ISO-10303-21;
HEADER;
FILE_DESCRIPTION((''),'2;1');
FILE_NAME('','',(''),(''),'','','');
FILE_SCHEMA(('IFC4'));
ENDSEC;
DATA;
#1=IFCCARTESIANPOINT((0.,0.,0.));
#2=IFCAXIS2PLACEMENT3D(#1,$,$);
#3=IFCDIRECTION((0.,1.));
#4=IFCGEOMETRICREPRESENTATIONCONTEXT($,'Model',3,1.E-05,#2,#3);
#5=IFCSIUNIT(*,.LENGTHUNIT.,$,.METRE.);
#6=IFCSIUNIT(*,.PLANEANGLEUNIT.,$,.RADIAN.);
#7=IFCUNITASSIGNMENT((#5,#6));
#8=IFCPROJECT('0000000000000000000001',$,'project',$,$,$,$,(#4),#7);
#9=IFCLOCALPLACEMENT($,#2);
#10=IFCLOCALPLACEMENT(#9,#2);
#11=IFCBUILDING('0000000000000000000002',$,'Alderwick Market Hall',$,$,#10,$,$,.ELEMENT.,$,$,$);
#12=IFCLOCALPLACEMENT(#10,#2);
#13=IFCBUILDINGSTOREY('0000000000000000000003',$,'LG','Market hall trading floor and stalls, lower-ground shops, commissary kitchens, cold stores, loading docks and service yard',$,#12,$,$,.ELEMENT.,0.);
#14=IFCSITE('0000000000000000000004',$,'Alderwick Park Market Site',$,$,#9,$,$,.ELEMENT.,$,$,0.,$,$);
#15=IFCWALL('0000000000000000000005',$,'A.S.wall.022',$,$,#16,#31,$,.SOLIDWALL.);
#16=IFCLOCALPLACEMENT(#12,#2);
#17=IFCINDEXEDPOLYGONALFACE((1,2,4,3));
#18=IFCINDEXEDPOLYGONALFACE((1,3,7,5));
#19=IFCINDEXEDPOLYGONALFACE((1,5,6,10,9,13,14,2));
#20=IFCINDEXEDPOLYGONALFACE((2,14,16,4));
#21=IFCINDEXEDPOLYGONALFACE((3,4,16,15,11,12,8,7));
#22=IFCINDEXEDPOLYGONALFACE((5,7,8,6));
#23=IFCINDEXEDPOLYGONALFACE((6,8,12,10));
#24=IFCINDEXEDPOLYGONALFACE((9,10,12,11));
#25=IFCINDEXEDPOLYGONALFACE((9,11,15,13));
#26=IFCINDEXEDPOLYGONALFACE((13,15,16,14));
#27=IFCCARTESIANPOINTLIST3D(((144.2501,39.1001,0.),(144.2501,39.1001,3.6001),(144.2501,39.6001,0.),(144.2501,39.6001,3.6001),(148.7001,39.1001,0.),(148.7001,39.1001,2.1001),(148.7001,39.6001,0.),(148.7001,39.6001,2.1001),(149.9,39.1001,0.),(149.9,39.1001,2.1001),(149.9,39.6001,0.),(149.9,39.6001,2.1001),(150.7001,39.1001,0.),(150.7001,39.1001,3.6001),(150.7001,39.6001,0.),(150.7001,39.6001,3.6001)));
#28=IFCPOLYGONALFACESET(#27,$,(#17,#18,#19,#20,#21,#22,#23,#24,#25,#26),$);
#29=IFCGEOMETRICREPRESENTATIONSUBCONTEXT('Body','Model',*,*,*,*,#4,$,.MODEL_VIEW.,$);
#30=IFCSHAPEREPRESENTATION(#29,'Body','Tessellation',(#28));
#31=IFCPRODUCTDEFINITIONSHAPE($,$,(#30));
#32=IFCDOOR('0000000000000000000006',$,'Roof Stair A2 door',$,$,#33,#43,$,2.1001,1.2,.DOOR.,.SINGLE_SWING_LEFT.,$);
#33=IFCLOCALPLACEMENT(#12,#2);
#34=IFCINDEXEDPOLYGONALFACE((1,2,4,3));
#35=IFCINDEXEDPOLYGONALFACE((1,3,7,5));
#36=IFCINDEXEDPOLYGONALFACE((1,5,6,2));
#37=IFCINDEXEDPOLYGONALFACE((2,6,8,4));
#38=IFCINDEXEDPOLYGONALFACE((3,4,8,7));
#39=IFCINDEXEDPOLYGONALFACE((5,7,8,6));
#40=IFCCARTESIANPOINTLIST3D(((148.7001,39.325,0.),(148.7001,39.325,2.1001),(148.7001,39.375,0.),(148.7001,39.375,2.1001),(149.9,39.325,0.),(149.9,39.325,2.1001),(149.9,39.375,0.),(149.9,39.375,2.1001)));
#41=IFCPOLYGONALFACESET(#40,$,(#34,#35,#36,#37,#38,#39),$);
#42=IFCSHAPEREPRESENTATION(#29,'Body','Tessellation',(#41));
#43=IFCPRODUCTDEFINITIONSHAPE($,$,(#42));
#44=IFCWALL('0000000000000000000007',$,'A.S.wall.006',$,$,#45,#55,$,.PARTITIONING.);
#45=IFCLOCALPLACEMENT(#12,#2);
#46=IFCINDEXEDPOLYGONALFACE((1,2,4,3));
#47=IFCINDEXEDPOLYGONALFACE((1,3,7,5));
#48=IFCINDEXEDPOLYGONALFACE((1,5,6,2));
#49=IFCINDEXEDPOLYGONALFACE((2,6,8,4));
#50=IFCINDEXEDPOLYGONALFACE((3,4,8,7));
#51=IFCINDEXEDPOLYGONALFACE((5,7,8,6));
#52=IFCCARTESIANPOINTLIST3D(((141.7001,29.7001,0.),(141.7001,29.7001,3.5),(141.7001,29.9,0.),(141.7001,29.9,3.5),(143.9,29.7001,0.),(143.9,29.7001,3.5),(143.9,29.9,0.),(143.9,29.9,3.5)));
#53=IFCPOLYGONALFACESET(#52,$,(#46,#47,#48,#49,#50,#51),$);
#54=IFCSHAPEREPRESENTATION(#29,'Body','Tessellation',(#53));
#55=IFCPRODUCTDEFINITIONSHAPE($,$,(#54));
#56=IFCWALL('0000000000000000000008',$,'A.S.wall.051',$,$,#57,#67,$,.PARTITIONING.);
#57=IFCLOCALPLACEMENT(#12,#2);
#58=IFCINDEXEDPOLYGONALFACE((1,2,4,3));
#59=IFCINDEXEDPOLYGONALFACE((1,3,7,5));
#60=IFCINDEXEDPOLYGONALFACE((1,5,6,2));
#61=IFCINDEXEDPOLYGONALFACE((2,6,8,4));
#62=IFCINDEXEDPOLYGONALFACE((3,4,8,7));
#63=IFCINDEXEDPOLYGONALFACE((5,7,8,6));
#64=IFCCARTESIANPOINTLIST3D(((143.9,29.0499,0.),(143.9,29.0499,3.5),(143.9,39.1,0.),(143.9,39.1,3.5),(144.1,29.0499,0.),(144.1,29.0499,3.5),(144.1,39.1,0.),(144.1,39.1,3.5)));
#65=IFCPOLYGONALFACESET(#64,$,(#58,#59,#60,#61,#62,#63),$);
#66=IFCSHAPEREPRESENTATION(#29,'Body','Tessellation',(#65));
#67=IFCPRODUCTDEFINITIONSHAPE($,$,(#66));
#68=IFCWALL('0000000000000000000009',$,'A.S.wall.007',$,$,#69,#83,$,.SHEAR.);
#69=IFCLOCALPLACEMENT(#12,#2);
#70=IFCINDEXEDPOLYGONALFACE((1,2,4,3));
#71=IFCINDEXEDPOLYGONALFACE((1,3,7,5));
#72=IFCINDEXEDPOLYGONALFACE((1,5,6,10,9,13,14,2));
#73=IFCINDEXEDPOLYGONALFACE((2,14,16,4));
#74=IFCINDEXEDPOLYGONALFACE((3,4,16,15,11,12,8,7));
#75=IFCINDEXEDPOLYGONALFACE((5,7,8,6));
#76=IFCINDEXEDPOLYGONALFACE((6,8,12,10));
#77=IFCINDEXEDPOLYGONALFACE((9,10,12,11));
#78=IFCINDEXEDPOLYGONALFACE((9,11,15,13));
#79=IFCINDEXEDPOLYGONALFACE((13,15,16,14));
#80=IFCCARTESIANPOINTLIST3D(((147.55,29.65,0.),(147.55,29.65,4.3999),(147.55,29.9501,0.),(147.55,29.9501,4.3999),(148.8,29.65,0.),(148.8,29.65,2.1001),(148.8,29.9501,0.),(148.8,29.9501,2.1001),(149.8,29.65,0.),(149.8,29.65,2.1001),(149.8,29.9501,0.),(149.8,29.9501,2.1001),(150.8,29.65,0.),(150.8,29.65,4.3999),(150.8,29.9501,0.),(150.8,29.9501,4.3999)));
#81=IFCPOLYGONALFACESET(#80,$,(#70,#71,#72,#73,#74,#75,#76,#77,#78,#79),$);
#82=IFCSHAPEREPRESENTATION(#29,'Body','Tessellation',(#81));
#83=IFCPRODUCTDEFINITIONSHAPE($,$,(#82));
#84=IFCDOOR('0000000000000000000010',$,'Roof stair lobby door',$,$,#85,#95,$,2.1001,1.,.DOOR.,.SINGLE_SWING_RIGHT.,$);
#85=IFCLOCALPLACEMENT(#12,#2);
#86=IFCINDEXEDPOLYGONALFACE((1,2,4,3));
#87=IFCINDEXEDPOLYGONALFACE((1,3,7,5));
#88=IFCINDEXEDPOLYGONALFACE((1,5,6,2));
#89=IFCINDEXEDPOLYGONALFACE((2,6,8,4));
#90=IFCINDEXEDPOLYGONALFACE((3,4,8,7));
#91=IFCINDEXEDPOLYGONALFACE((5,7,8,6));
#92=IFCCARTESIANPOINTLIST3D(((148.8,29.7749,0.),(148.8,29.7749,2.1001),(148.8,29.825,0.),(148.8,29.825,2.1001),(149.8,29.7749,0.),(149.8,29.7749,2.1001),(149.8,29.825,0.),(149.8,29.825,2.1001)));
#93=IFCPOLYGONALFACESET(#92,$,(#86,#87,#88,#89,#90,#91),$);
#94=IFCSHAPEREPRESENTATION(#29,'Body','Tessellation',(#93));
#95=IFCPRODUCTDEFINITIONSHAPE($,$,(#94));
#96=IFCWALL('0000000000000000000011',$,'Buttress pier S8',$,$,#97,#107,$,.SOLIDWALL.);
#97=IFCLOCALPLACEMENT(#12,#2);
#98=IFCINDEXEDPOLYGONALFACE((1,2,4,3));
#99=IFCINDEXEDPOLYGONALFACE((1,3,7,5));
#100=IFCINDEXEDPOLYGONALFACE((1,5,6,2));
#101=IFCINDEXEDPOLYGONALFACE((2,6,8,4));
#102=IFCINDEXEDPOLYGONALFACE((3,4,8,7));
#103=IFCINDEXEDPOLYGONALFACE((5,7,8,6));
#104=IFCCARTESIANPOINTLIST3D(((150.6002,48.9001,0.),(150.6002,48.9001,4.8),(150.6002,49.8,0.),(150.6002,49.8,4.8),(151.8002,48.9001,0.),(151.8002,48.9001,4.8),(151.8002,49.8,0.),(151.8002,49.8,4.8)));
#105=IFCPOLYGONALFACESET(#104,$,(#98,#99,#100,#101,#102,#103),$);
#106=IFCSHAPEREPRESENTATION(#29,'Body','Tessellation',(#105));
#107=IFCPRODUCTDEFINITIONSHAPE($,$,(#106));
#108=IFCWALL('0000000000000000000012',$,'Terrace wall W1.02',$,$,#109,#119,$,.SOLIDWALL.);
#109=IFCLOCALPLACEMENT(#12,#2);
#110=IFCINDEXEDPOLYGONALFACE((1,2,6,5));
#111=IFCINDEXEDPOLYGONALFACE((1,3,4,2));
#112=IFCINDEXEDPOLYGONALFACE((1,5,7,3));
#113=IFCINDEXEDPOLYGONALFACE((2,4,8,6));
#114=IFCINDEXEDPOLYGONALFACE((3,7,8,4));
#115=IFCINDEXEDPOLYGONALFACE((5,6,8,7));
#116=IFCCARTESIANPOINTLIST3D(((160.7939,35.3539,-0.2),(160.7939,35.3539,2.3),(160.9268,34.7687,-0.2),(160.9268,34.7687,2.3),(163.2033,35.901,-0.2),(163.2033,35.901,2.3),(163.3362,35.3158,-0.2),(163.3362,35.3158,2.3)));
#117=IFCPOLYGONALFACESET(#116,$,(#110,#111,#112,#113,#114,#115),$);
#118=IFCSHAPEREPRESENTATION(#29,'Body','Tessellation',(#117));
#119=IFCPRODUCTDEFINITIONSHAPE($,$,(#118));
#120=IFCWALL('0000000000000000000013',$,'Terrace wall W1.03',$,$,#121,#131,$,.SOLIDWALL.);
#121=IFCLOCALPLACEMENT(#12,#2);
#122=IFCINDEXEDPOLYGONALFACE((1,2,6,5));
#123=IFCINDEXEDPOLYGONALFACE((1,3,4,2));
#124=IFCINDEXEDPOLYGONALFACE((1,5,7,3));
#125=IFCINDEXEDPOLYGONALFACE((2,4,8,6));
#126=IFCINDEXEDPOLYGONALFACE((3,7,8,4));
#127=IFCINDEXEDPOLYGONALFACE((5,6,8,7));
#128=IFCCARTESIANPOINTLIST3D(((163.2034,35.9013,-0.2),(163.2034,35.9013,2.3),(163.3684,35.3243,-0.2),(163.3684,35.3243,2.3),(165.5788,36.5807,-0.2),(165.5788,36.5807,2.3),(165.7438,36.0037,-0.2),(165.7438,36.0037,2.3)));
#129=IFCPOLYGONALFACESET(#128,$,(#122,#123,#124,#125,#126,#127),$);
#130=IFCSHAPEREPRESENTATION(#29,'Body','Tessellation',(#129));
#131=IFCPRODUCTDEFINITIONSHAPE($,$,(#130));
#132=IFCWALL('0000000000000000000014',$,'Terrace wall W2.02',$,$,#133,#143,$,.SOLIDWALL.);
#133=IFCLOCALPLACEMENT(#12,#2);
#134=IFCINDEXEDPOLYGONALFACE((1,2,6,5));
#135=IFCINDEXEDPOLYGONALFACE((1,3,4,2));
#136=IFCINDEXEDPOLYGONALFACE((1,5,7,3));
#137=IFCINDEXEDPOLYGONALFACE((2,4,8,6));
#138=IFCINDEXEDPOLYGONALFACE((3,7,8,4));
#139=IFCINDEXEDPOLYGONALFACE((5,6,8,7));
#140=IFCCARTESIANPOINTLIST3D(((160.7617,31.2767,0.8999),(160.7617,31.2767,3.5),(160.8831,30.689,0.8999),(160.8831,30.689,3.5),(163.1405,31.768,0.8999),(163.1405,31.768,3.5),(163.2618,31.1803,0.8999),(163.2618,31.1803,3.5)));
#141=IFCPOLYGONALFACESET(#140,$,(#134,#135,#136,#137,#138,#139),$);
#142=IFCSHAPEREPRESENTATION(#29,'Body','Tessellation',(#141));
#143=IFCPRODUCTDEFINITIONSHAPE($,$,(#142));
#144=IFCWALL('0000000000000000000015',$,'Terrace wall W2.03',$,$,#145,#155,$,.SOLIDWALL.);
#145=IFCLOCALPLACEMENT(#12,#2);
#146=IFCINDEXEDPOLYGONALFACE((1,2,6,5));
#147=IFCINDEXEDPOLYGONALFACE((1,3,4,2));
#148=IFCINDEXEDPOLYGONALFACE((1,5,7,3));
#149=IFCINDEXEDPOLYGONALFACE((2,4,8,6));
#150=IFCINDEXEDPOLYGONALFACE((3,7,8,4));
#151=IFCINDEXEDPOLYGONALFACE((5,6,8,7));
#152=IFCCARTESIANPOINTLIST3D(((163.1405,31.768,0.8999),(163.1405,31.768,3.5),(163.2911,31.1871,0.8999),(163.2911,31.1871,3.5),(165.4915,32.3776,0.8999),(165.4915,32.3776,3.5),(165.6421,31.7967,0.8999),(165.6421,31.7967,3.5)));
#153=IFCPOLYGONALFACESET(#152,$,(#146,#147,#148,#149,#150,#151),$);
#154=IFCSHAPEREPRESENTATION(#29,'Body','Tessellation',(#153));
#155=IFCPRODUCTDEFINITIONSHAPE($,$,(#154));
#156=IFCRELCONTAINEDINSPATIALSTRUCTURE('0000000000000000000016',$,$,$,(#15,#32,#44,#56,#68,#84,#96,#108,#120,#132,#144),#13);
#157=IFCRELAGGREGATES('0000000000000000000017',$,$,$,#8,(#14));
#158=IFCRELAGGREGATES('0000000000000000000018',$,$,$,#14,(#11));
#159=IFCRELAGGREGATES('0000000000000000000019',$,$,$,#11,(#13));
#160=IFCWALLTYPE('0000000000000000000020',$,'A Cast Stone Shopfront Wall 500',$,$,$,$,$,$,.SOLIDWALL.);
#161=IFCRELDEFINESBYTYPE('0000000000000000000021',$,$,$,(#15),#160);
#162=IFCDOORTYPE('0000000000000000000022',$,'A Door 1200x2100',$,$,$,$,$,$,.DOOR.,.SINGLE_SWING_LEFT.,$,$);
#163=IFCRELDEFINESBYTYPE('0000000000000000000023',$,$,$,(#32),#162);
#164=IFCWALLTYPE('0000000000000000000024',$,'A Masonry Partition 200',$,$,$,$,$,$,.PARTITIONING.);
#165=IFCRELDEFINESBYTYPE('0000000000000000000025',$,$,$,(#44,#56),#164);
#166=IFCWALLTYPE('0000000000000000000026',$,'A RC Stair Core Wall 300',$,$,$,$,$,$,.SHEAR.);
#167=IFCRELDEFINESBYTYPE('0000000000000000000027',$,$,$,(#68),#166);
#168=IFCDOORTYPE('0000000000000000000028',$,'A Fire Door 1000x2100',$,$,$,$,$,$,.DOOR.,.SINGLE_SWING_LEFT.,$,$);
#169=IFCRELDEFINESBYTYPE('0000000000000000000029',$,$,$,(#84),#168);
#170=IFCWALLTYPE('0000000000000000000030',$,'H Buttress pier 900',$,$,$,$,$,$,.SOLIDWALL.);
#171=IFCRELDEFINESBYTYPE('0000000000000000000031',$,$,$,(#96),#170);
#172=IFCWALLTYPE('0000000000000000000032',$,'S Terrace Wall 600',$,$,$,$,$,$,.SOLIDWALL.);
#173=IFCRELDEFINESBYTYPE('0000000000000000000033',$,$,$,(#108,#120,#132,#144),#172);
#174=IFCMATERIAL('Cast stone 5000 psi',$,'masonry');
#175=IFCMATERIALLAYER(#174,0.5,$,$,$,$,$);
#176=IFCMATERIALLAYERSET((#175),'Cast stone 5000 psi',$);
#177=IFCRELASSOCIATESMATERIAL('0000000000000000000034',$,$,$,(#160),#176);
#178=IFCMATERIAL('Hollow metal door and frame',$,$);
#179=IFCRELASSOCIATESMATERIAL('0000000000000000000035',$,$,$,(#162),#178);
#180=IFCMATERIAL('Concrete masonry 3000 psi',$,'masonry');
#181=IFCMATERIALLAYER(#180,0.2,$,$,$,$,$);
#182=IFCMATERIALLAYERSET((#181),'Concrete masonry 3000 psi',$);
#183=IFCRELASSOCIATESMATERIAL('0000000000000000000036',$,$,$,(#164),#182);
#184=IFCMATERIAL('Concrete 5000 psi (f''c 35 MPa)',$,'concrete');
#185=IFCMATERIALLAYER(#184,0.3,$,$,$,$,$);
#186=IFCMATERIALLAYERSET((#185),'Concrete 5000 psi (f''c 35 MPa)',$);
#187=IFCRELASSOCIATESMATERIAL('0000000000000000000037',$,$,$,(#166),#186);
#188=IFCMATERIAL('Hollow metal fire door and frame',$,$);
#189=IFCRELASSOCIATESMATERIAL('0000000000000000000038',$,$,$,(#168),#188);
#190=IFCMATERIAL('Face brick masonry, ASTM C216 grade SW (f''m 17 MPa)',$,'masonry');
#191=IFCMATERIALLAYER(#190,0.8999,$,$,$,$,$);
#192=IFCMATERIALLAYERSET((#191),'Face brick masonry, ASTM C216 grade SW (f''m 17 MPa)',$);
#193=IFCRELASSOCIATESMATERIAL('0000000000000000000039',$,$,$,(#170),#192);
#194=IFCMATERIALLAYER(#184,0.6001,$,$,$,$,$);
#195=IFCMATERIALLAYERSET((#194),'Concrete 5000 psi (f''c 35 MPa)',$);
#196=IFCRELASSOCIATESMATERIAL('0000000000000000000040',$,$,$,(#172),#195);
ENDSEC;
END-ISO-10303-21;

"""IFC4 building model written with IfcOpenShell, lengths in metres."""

from ifc_helpers import new_model, si_unit, direction, frame, frame_2d, origin, place, context, subcontext, project, spatial, rectangle, extrude, material, layer, layer_set, type_object, element, fill, save


model = new_model("IFC4")

# Units and contexts
model_context = context("Model", 3, precision=1e-05, world=origin(), true_north=direction((0.0, 1.0)))
body_context = subcontext(model_context, "Body", "Model", "MODEL_VIEW")
ifc_project = project(units=[si_unit("LENGTHUNIT", "METRE"), si_unit("PLANEANGLEUNIT", "RADIAN")], contexts=[model_context])

# Site, building, storey
site_placement = place(None, origin())
site = spatial("IfcSite", under=ifc_project, at=site_placement, Name="Alderwick Park Market Site", CompositionType="ELEMENT", RefElevation=0.0)
building_placement = place(site_placement, origin())
building = spatial("IfcBuilding", under=site, at=building_placement, Name="Alderwick Market Hall", CompositionType="ELEMENT")
storey_placement = place(building_placement, origin())
storey = spatial("IfcBuildingStorey", under=building, at=storey_placement, Name="LG", Description="Market hall trading floor and stalls, lower-ground shops, commissary kitchens, cold stores, loading docks and service yard", CompositionType="ELEMENT", Elevation=0.0)

# Shared definitions
ifc_material_1 = material(Name="Concrete 5000 psi (f'c 35 MPa)", Category="concrete")

# Wall, opening, door
ifc_material_2 = material(Name="Cast stone 5000 psi", Category="masonry")
ifc_layer_1 = layer(ifc_material_2, 0.5)
ifc_layer_set_1 = layer_set([ifc_layer_1], Name="Cast stone 5000 psi")
wall_type_1 = type_object("IfcWallType", Name="A Cast Stone Shopfront Wall 500", PredefinedType="SOLIDWALL", material=ifc_layer_set_1)
wall_1_placement = place(storey_placement, frame((144.25, 39.3501, 0.0), z_axis=(0.0, 0.0, 1.0), x_axis=(1.0, 0.0, 0.0)))
wall_1 = element("IfcWall", 1, at=wall_1_placement, inside=storey, type_object=wall_type_1, Name="A.S.wall.022", PredefinedType="SOLIDWALL", context=body_context, shape_type="SweptSolid", body=[
    extrude(rectangle(XDim=6.45, YDim=0.5, at=frame_2d((3.2251, 0.0))), origin(), (0.0, 0.0, 1.0), 3.6001),
])
opening_1_placement = place(wall_1_placement, frame((4.45, 0.0, 0.0)))
opening_1 = element("IfcOpeningElement", 2, at=opening_1_placement, cuts=wall_1, PredefinedType="OPENING", context=body_context, shape_type="SweptSolid", body=[
    extrude(rectangle(XDim=1.2, YDim=2.1001, at=frame_2d((0.6001, 1.05))), frame((0.0, 0.26, 0.0), z_axis=(0.0, -1.0, 0.0), x_axis=(1.0, 0.0, 0.0)), (0.0, 0.0, 1.0), 0.52),
])
ifc_material_3 = material(Name="Hollow metal door and frame")
door_type_1 = type_object("IfcDoorType", Name="A Door 1200x2100", OperationType="SINGLE_SWING_LEFT", PredefinedType="DOOR", material=ifc_material_3)
door_1_placement = place(opening_1_placement, origin())
door_1 = element("IfcDoor", 3, at=door_1_placement, inside=storey, type_object=door_type_1, Name="Roof Stair A2 door", OperationType="SINGLE_SWING_LEFT", OverallHeight=2.1001, OverallWidth=1.2, PredefinedType="DOOR", context=body_context, shape_type="SweptSolid", body=[
    extrude(rectangle(XDim=1.2, YDim=2.1001, at=frame_2d((0.6001, 1.05))), frame((0.0, 0.0249, 0.0), z_axis=(0.0, -1.0, 0.0), x_axis=(1.0, 0.0, 0.0)), (0.0, 0.0, 1.0), 0.05),
])
fill(opening_1, door_1)

# Walls
ifc_material_4 = material(Name="Concrete masonry 3000 psi", Category="masonry")
ifc_layer_2 = layer(ifc_material_4, 0.2)
ifc_layer_set_2 = layer_set([ifc_layer_2], Name="Concrete masonry 3000 psi")
wall_type_2 = type_object("IfcWallType", Name="A Masonry Partition 200", PredefinedType="PARTITIONING", material=ifc_layer_set_2)
wall_2_placement = place(storey_placement, frame((141.7, 29.8, 0.0), z_axis=(0.0, 0.0, 1.0), x_axis=(1.0, 0.0, 0.0)))
element("IfcWall", 4, at=wall_2_placement, inside=storey, type_object=wall_type_2, Name="A.S.wall.006", PredefinedType="PARTITIONING", context=body_context, shape_type="SweptSolid", body=[
    extrude(rectangle(XDim=2.2, YDim=0.2, at=frame_2d((1.1001, 0.0))), origin(), (0.0, 0.0, 1.0), 3.5),
])
wall_3_placement = place(storey_placement, frame((144.0, 29.05, 0.0), z_axis=(0.0, 0.0, 1.0), x_axis=(0.0, 1.0, 0.0)))
element("IfcWall", 5, at=wall_3_placement, inside=storey, type_object=wall_type_2, Name="A.S.wall.051", PredefinedType="PARTITIONING", context=body_context, shape_type="SweptSolid", body=[
    extrude(rectangle(XDim=10.05, YDim=0.2, at=frame_2d((5.0249, 0.0))), origin(), (0.0, 0.0, 1.0), 3.5),
])

# Wall, opening, door
ifc_layer_3 = layer(ifc_material_1, 0.3)
ifc_layer_set_3 = layer_set([ifc_layer_3], Name="Concrete 5000 psi (f'c 35 MPa)")
wall_type_3 = type_object("IfcWallType", Name="A RC Stair Core Wall 300", PredefinedType="SHEAR", material=ifc_layer_set_3)
wall_4_placement = place(storey_placement, frame((147.55, 29.8, 0.0), z_axis=(0.0, 0.0, 1.0), x_axis=(1.0, 0.0, 0.0)))
wall_4 = element("IfcWall", 6, at=wall_4_placement, inside=storey, type_object=wall_type_3, Name="A.S.wall.007", PredefinedType="SHEAR", context=body_context, shape_type="SweptSolid", body=[
    extrude(rectangle(XDim=3.25, YDim=0.3, at=frame_2d((1.625, 0.0))), origin(), (0.0, 0.0, 1.0), 4.3999),
])
opening_2_placement = place(wall_4_placement, frame((1.25, 0.0, 0.0)))
opening_2 = element("IfcOpeningElement", 7, at=opening_2_placement, cuts=wall_4, PredefinedType="OPENING", context=body_context, shape_type="SweptSolid", body=[
    extrude(rectangle(XDim=1.0, YDim=2.1001, at=frame_2d((0.5, 1.05))), frame((0.0, 0.1599, 0.0), z_axis=(0.0, -1.0, 0.0), x_axis=(1.0, 0.0, 0.0)), (0.0, 0.0, 1.0), 0.3201),
])
ifc_material_5 = material(Name="Hollow metal fire door and frame")
door_type_2 = type_object("IfcDoorType", Name="A Fire Door 1000x2100", OperationType="SINGLE_SWING_LEFT", PredefinedType="DOOR", material=ifc_material_5)
door_2_placement = place(opening_2_placement, origin())
door_2 = element("IfcDoor", 8, at=door_2_placement, inside=storey, type_object=door_type_2, Name="Roof stair lobby door", OperationType="SINGLE_SWING_RIGHT", OverallHeight=2.1001, OverallWidth=1.0, PredefinedType="DOOR", context=body_context, shape_type="SweptSolid", body=[
    extrude(rectangle(XDim=1.0, YDim=2.1001, at=frame_2d((0.5, 1.05))), frame((0.0, 0.0249, 0.0), z_axis=(0.0, -1.0, 0.0), x_axis=(1.0, 0.0, 0.0)), (0.0, 0.0, 1.0), 0.05),
])
fill(opening_2, door_2)

# Walls
ifc_material_6 = material(Name="Face brick masonry, ASTM C216 grade SW (f'm 17 MPa)", Category="masonry")
ifc_layer_4 = layer(ifc_material_6, 0.8999)
ifc_layer_set_4 = layer_set([ifc_layer_4], Name="Face brick masonry, ASTM C216 grade SW (f'm 17 MPa)")
wall_type_4 = type_object("IfcWallType", Name="H Buttress pier 900", PredefinedType="SOLIDWALL", material=ifc_layer_set_4)
wall_5_placement = place(storey_placement, frame((150.6001, 49.3501, 0.0), z_axis=(0.0, 0.0, 1.0), x_axis=(1.0, 0.0, 0.0)))
element("IfcWall", 9, at=wall_5_placement, inside=storey, type_object=wall_type_4, Name="Buttress pier S8", PredefinedType="SOLIDWALL", context=body_context, shape_type="SweptSolid", body=[
    extrude(rectangle(XDim=1.2, YDim=0.8999, at=frame_2d((0.6001, 0.0))), origin(), (0.0, 0.0, 1.0), 4.8),
])
ifc_layer_5 = layer(ifc_material_1, 0.6001)
ifc_layer_set_5 = layer_set([ifc_layer_5], Name="Concrete 5000 psi (f'c 35 MPa)")
wall_type_5 = type_object("IfcWallType", Name="S Terrace Wall 600", PredefinedType="SOLIDWALL", material=ifc_layer_set_5)
for number, where, z_axis, x_axis, name in (
    (10, (160.8604, 35.0613, -0.2), (0.0, 0.0, 1.0), (0.975175, 0.221437, 0.0), "Terrace wall W1.02"),
    (11, (163.2859, 35.6128, -0.2), (0.0, 0.0, 1.0), (0.961446, 0.274995, 0.0), "Terrace wall W1.03"),
):
    element("IfcWall", number, at=place(storey_placement, frame(where, z_axis=z_axis, x_axis=x_axis)), inside=storey, type_object=wall_type_5, Name=name, PredefinedType="SOLIDWALL", context=body_context, shape_type="SweptSolid", body=[
        extrude(rectangle(XDim=2.4707, YDim=0.6001, at=frame_2d((1.2354, 0.0))), origin(), (0.0, 0.0, 1.0), 2.5),
    ])
wall_6_placement = place(storey_placement, frame((160.8225, 30.9829, 0.8999), z_axis=(0.0, 0.0, 1.0), x_axis=(0.979336, 0.20224, 0.0)))
element("IfcWall", 12, at=wall_6_placement, inside=storey, type_object=wall_type_5, Name="Terrace wall W2.02", PredefinedType="SOLIDWALL", context=body_context, shape_type="SweptSolid", body=[
    extrude(rectangle(XDim=2.429, YDim=0.6001, at=frame_2d((1.2144, 0.0))), origin(), (0.0, 0.0, 1.0), 2.6001),
])
wall_7_placement = place(storey_placement, frame((163.2158, 31.4775, 0.8999), z_axis=(0.0, 0.0, 1.0), x_axis=(0.967989, 0.250994, 0.0)))
element("IfcWall", 13, at=wall_7_placement, inside=storey, type_object=wall_type_5, Name="Terrace wall W2.03", PredefinedType="SOLIDWALL", context=body_context, shape_type="SweptSolid", body=[
    extrude(rectangle(XDim=2.4287, YDim=0.6001, at=frame_2d((1.2144, 0.0))), origin(), (0.0, 0.0, 1.0), 2.6001),
])

save(model, "model.ifc")
